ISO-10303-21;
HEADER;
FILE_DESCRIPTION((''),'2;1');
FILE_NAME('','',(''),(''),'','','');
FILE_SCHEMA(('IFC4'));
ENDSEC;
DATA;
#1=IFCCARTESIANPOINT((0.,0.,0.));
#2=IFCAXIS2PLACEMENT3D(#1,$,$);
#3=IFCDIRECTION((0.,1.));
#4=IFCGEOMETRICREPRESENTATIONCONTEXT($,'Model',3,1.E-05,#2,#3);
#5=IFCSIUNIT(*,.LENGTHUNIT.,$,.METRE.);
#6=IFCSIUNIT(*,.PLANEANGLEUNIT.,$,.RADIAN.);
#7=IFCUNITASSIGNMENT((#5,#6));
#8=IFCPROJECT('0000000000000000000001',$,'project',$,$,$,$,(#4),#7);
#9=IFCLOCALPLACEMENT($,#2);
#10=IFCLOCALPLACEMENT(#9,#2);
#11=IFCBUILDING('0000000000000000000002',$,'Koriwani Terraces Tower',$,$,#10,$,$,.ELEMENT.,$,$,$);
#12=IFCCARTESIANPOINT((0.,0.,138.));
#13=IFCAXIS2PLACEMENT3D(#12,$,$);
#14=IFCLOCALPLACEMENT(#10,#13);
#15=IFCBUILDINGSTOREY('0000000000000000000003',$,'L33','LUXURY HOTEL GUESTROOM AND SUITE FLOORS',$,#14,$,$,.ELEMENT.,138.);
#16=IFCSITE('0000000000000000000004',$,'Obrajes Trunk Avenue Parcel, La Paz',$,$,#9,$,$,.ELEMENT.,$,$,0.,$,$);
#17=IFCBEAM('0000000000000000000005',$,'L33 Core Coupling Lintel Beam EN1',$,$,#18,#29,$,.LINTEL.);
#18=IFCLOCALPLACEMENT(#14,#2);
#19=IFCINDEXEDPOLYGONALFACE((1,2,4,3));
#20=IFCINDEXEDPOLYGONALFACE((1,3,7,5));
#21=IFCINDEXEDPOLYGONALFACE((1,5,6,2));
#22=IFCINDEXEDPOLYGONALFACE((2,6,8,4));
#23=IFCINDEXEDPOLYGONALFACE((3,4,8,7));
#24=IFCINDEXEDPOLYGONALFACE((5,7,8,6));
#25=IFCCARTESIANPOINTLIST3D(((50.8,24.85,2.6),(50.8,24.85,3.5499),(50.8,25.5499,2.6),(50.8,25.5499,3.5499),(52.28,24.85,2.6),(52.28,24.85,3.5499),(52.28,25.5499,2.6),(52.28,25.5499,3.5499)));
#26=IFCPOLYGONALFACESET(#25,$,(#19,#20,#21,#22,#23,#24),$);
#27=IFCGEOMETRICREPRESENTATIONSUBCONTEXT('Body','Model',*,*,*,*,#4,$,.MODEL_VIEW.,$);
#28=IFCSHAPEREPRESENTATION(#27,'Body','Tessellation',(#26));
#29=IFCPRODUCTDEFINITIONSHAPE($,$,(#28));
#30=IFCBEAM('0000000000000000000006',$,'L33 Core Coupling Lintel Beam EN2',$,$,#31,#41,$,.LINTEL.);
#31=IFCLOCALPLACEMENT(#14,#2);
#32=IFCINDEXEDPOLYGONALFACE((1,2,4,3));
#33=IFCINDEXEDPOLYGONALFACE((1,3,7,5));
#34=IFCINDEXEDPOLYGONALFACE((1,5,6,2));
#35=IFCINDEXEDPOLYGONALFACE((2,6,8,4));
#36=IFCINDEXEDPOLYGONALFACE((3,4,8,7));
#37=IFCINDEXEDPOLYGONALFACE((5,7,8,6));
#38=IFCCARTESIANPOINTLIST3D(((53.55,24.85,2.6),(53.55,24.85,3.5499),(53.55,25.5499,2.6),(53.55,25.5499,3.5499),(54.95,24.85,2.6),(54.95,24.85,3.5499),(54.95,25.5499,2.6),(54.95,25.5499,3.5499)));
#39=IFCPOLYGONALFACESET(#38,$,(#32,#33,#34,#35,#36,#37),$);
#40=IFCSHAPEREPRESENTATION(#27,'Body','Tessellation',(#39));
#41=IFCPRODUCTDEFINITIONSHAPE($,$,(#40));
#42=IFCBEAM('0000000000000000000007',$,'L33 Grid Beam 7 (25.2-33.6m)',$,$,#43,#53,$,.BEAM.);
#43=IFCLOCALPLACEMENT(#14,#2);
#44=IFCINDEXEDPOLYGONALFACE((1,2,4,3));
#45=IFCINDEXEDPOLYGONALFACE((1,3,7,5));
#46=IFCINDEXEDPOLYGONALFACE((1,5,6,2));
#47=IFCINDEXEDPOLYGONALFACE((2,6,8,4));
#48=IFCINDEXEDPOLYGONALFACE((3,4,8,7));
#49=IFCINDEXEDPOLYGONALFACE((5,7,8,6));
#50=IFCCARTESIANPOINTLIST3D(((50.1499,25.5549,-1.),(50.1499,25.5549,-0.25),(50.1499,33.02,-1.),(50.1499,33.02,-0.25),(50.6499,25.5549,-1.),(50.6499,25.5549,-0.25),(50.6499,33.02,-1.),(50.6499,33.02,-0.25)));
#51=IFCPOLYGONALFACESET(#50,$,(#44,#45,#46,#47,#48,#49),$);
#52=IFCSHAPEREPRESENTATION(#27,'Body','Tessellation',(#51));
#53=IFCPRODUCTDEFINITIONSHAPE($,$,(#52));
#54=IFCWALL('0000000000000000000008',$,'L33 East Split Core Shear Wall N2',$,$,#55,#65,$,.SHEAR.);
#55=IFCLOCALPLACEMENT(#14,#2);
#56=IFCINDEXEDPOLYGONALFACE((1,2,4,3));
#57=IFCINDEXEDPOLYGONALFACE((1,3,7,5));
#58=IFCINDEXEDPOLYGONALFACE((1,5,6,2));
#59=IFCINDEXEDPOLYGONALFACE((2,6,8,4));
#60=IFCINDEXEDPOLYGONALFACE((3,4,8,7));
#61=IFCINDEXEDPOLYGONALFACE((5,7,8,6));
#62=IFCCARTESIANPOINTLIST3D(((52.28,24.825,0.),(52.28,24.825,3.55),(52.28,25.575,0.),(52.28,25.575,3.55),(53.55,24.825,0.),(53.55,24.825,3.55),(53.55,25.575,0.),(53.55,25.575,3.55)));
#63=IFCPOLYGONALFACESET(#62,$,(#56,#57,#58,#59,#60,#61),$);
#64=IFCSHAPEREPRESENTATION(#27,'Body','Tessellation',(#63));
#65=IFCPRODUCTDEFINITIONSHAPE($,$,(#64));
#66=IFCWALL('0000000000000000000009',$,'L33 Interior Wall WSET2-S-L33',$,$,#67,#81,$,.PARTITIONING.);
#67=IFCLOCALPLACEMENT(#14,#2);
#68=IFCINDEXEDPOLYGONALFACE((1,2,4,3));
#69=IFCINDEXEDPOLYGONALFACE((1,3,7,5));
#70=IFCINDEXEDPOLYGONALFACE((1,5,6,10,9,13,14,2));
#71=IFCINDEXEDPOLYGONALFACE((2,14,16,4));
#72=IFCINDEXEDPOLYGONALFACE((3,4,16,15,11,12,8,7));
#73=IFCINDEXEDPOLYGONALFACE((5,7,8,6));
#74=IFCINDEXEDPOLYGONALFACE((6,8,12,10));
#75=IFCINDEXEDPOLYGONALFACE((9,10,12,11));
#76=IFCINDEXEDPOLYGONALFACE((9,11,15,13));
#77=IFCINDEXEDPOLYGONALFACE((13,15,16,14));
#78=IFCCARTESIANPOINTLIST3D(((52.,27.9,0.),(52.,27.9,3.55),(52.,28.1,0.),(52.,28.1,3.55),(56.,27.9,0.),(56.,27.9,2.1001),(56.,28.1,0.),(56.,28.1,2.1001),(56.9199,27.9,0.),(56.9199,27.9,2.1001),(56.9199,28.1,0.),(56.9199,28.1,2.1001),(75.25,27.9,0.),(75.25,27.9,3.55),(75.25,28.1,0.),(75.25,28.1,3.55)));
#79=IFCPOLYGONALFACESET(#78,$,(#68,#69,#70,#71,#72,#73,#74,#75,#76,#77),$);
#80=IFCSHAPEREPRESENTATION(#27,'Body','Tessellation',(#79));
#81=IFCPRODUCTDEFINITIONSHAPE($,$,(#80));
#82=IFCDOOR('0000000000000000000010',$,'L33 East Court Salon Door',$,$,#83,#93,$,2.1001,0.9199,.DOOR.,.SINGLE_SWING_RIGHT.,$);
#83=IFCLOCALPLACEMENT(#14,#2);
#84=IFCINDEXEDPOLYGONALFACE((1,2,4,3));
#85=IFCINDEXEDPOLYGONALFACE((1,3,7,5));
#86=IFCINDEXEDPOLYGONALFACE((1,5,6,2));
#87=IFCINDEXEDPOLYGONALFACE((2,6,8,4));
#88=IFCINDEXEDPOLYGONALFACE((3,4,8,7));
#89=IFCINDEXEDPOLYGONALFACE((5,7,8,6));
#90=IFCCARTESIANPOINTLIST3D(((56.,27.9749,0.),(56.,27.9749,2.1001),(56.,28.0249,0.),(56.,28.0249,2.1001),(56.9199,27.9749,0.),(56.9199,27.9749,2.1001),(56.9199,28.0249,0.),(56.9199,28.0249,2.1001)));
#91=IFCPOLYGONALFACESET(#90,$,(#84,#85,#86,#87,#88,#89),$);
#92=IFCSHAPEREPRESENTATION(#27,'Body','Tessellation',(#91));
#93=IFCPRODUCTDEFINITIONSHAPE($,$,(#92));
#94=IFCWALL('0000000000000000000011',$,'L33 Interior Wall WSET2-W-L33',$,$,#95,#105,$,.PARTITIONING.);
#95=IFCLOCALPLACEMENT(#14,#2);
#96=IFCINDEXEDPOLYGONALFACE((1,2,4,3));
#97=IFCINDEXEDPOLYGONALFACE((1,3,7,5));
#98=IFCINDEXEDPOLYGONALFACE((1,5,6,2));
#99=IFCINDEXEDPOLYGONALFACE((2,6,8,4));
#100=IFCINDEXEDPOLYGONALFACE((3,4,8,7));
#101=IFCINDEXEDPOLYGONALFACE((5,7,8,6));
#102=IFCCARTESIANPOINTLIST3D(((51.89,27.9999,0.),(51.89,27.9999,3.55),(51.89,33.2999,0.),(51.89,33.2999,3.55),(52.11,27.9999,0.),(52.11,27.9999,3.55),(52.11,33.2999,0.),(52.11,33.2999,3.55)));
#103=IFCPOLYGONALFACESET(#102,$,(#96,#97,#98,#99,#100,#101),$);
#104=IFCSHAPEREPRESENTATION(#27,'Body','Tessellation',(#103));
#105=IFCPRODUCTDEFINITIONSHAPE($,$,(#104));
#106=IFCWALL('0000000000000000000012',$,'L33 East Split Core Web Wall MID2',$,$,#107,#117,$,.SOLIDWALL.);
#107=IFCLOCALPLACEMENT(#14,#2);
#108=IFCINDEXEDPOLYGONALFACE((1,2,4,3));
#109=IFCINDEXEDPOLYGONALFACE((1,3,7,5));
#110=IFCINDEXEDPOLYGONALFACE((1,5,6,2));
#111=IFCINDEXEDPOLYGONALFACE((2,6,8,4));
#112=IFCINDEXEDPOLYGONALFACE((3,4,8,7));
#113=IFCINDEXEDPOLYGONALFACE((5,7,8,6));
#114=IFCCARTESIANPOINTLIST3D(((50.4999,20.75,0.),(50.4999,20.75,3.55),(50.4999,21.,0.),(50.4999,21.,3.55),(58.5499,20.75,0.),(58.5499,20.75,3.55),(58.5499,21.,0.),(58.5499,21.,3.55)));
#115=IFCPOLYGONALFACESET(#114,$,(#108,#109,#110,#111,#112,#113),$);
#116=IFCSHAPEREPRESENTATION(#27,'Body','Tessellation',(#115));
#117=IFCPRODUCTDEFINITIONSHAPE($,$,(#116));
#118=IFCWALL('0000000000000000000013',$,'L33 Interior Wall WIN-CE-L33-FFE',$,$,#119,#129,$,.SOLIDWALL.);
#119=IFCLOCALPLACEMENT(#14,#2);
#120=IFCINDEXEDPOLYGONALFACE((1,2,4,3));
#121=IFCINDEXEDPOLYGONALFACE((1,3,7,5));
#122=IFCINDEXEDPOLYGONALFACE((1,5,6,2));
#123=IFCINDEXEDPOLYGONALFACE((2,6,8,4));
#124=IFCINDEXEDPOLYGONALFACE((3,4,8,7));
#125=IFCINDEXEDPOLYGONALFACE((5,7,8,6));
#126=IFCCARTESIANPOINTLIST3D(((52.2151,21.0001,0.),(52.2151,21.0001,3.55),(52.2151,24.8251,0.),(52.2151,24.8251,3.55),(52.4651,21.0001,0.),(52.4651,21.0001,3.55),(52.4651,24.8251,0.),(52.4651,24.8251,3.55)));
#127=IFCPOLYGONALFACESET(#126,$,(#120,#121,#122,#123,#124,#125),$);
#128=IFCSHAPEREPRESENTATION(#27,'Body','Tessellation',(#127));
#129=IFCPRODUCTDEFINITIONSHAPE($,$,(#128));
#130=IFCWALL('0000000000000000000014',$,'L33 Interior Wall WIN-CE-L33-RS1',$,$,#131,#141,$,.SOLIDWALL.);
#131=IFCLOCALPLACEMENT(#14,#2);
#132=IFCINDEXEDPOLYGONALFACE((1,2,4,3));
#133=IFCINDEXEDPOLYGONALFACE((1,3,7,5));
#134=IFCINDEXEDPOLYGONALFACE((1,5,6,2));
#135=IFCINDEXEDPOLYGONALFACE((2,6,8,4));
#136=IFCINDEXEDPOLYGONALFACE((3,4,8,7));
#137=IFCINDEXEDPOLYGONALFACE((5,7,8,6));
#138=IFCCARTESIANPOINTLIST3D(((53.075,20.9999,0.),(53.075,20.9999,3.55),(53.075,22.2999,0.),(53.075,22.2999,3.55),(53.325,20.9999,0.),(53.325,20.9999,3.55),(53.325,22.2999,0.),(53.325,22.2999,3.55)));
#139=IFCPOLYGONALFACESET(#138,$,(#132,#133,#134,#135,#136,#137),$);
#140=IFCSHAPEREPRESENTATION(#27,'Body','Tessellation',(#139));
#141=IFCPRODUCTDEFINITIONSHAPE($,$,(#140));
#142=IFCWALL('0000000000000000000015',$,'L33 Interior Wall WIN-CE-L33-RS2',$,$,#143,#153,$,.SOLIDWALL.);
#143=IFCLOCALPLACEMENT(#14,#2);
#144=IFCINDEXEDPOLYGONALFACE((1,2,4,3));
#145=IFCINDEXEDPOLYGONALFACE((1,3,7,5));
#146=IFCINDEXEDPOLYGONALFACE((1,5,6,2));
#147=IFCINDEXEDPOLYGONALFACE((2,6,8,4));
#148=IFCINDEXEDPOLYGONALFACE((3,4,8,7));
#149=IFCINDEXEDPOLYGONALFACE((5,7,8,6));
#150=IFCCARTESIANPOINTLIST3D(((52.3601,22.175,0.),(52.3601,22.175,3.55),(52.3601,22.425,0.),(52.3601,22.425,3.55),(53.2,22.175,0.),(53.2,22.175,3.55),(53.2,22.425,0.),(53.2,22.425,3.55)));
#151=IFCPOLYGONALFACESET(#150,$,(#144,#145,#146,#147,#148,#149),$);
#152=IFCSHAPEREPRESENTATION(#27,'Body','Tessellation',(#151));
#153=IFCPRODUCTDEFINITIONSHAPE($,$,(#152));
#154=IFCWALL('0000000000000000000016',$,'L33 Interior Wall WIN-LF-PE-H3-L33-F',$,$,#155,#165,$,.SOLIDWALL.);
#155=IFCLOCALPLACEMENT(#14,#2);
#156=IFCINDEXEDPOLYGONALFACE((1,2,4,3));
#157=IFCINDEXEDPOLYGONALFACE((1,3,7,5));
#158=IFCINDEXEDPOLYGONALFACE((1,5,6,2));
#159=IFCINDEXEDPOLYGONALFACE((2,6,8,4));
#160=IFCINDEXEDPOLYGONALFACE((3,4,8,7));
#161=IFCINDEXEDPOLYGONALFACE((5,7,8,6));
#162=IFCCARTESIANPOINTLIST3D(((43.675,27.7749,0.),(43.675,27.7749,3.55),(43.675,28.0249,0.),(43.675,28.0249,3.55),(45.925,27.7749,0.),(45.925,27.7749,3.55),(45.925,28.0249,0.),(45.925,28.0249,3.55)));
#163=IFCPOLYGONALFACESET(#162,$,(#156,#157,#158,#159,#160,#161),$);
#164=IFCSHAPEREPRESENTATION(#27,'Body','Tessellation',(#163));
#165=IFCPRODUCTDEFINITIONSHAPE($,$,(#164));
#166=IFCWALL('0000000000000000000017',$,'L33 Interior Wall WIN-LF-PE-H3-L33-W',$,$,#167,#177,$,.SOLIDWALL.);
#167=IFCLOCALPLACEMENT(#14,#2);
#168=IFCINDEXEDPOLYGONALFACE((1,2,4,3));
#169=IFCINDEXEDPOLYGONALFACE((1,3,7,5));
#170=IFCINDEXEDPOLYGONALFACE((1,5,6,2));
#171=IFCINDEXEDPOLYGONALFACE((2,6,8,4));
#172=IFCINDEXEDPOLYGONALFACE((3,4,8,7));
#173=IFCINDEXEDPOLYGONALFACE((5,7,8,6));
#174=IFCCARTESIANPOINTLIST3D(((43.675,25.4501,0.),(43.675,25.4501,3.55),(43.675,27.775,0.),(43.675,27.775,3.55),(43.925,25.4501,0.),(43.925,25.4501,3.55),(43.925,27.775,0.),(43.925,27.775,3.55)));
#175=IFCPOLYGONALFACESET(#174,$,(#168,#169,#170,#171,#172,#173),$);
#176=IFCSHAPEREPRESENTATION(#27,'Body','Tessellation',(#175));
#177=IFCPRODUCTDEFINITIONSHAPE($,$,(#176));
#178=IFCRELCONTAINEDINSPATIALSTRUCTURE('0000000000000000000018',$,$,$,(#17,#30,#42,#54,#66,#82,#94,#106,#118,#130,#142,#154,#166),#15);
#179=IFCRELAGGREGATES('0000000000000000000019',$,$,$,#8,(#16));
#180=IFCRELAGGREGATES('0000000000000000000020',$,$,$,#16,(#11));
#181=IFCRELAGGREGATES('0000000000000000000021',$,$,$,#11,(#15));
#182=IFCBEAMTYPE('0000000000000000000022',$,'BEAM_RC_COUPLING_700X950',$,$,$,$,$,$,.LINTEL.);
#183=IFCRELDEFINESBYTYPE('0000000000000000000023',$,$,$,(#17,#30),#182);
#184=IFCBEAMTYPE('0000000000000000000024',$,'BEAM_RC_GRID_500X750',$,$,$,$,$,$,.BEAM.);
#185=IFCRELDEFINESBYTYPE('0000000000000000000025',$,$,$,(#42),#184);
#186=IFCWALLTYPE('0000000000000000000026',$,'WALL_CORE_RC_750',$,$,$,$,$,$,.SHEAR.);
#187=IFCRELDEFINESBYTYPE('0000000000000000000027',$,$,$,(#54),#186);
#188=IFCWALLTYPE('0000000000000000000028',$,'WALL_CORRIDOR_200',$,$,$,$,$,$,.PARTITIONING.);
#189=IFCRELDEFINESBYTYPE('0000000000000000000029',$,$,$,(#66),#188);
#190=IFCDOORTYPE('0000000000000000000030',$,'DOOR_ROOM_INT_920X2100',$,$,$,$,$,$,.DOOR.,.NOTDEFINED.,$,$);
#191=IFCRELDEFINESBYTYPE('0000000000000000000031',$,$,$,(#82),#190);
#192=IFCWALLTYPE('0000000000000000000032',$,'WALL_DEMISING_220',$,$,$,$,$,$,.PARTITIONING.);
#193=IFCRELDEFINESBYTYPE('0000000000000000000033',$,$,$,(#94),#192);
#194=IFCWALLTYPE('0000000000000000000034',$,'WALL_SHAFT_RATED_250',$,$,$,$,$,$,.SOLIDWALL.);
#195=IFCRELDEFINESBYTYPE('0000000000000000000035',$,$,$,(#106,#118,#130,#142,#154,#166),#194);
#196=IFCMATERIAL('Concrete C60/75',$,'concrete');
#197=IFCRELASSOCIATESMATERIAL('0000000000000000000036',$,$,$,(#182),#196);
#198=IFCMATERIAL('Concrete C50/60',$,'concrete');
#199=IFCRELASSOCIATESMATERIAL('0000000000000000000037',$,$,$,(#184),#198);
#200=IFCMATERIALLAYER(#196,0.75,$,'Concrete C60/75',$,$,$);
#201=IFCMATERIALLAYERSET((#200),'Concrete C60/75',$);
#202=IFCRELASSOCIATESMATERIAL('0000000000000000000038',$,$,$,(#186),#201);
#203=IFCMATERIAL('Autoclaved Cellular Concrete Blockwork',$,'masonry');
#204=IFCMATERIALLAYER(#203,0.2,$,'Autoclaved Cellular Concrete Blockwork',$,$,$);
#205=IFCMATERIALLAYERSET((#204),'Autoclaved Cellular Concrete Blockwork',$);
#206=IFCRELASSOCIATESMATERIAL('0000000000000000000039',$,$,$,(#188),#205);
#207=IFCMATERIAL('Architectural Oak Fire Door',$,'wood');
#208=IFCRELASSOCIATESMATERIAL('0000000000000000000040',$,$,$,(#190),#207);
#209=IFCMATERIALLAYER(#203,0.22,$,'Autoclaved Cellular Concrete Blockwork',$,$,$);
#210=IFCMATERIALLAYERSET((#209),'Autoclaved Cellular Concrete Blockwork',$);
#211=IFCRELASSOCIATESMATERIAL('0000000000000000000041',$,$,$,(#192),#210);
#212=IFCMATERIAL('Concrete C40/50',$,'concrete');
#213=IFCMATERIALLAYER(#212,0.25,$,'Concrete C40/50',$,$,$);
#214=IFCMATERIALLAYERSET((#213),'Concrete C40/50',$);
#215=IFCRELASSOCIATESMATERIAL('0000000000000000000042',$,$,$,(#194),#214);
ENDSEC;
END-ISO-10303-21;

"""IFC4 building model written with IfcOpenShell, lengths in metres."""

from ifc_helpers import new_model, si_unit, direction, frame, frame_2d, origin, origin_2d, place, context, subcontext, project, spatial, rectangle, extrude, material, layer, layer_set, material_profile, profile_set, type_object, element, fill, save


model = new_model("IFC4")

# Units and contexts
model_context = context("Model", 3, precision=1e-05, world=origin(), true_north=direction((0.0, 1.0)))
body_context = subcontext(model_context, "Body", "Model", "MODEL_VIEW")
ifc_project = project(units=[si_unit("LENGTHUNIT", "METRE"), si_unit("PLANEANGLEUNIT", "RADIAN")], contexts=[model_context])

# Site, building, storey
site_placement = place(None, origin())
site = spatial("IfcSite", under=ifc_project, at=site_placement, Name="Obrajes Trunk Avenue Parcel, La Paz", CompositionType="ELEMENT", RefElevation=0.0)
building_placement = place(site_placement, origin())
building = spatial("IfcBuilding", under=site, at=building_placement, Name="Koriwani Terraces Tower", CompositionType="ELEMENT")
storey_placement = place(building_placement, frame((0.0, 0.0, 138.0)))
storey = spatial("IfcBuildingStorey", under=building, at=storey_placement, Name="L33", Description="LUXURY HOTEL GUESTROOM AND SUITE FLOORS", CompositionType="ELEMENT", Elevation=138.0)

# Beams
ifc_material_1 = material(Name="Concrete C60/75", Category="concrete")
ifc_material_profile_1 = material_profile(ifc_material_1, rectangle(XDim=0.7, YDim=0.95, at=origin_2d()), Name="Concrete C60/75", Category="LoadBearing")
ifc_profile_set_1 = profile_set([ifc_material_profile_1], Name="Concrete C60/75")
beam_type_1 = type_object("IfcBeamType", Name="BEAM_RC_COUPLING_700X950", PredefinedType="LINTEL", material=ifc_profile_set_1)
beam_1_placement = place(storey_placement, frame((50.8, 25.2, 3.075), z_axis=(1.0, 0.0, 0.0), x_axis=(0.0, 1.0, 0.0)))
element("IfcBeam", 1, at=beam_1_placement, inside=storey, type_object=beam_type_1, Name="L33 Core Coupling Lintel Beam EN1", PredefinedType="LINTEL", context=body_context, shape_type="SweptSolid", body=[
    extrude(rectangle(XDim=0.7, YDim=0.95, at=origin_2d()), origin(), (0.0, 0.0, 1.0), 1.48),
])
beam_2_placement = place(storey_placement, frame((53.55, 25.2, 3.075), z_axis=(1.0, 0.0, 0.0), x_axis=(0.0, 1.0, 0.0)))
element("IfcBeam", 2, at=beam_2_placement, inside=storey, type_object=beam_type_1, Name="L33 Core Coupling Lintel Beam EN2", PredefinedType="LINTEL", context=body_context, shape_type="SweptSolid", body=[
    extrude(rectangle(XDim=0.7, YDim=0.95, at=origin_2d()), origin(), (0.0, 0.0, 1.0), 1.3999),
])
ifc_material_2 = material(Name="Concrete C50/60", Category="concrete")
ifc_material_profile_2 = material_profile(ifc_material_2, rectangle(XDim=0.5, YDim=0.75, at=origin_2d()), Name="Concrete C50/60", Category="LoadBearing")
ifc_profile_set_2 = profile_set([ifc_material_profile_2], Name="Concrete C50/60")
beam_type_2 = type_object("IfcBeamType", Name="BEAM_RC_GRID_500X750", PredefinedType="BEAM", material=ifc_profile_set_2)
beam_3_placement = place(storey_placement, frame((50.3999, 25.5549, -0.625), z_axis=(0.0, 1.0, 0.0), x_axis=(-1.0, 0.0, 0.0)))
element("IfcBeam", 3, at=beam_3_placement, inside=storey, type_object=beam_type_2, Name="L33 Grid Beam 7 (25.2-33.6m)", PredefinedType="BEAM", context=body_context, shape_type="SweptSolid", body=[
    extrude(rectangle(XDim=0.5, YDim=0.75, at=origin_2d()), origin(), (0.0, 0.0, 1.0), 7.4651),
])

# Wall
ifc_layer_1 = layer(ifc_material_1, 0.75, Name="Concrete C60/75")
ifc_layer_set_1 = layer_set([ifc_layer_1], Name="Concrete C60/75")
wall_type_1 = type_object("IfcWallType", Name="WALL_CORE_RC_750", PredefinedType="SHEAR", material=ifc_layer_set_1)
wall_1_placement = place(storey_placement, frame((52.28, 25.2, 0.0), z_axis=(0.0, 0.0, 1.0), x_axis=(1.0, 0.0, 0.0)))
element("IfcWall", 4, at=wall_1_placement, inside=storey, type_object=wall_type_1, Name="L33 East Split Core Shear Wall N2", PredefinedType="SHEAR", context=body_context, shape_type="SweptSolid", body=[
    extrude(rectangle(XDim=1.27, YDim=0.75, at=frame_2d((0.635, 0.0))), origin(), (0.0, 0.0, 1.0), 3.55),
])

# Wall, opening, door
ifc_material_3 = material(Name="Autoclaved Cellular Concrete Blockwork", Category="masonry")
ifc_layer_2 = layer(ifc_material_3, 0.2, Name="Autoclaved Cellular Concrete Blockwork")
ifc_layer_set_2 = layer_set([ifc_layer_2], Name="Autoclaved Cellular Concrete Blockwork")
wall_type_2 = type_object("IfcWallType", Name="WALL_CORRIDOR_200", PredefinedType="PARTITIONING", material=ifc_layer_set_2)
wall_2_placement = place(storey_placement, frame((52.0, 28.0, 0.0), z_axis=(0.0, 0.0, 1.0), x_axis=(1.0, 0.0, 0.0)))
wall_2 = element("IfcWall", 5, at=wall_2_placement, inside=storey, type_object=wall_type_2, Name="L33 Interior Wall WSET2-S-L33", PredefinedType="PARTITIONING", context=body_context, shape_type="SweptSolid", body=[
    extrude(rectangle(XDim=23.25, YDim=0.2, at=frame_2d((11.625, 0.0))), origin(), (0.0, 0.0, 1.0), 3.55),
])
opening_1_placement = place(wall_2_placement, frame((4.0, 0.0, 0.0)))
opening_1 = element("IfcOpeningElement", 6, at=opening_1_placement, cuts=wall_2, PredefinedType="OPENING", context=body_context, shape_type="SweptSolid", body=[
    extrude(rectangle(XDim=0.9199, YDim=2.1001, at=frame_2d((0.46, 1.05))), frame((0.0, 0.1099, 0.0), z_axis=(0.0, -1.0, 0.0), x_axis=(1.0, 0.0, 0.0)), (0.0, 0.0, 1.0), 0.22),
])
ifc_material_4 = material(Name="Architectural Oak Fire Door", Category="wood")
door_type_1 = type_object("IfcDoorType", Name="DOOR_ROOM_INT_920X2100", OperationType="NOTDEFINED", PredefinedType="DOOR", material=ifc_material_4)
door_1_placement = place(opening_1_placement, origin())
door_1 = element("IfcDoor", 7, at=door_1_placement, inside=storey, type_object=door_type_1, Name="L33 East Court Salon Door", OperationType="SINGLE_SWING_RIGHT", OverallHeight=2.1001, OverallWidth=0.9199, PredefinedType="DOOR", context=body_context, shape_type="SweptSolid", body=[
    extrude(rectangle(XDim=0.9199, YDim=2.1001, at=frame_2d((0.46, 1.05))), frame((0.0, 0.0249, 0.0), z_axis=(0.0, -1.0, 0.0), x_axis=(1.0, 0.0, 0.0)), (0.0, 0.0, 1.0), 0.05),
])
fill(opening_1, door_1)

# Walls
ifc_layer_3 = layer(ifc_material_3, 0.22, Name="Autoclaved Cellular Concrete Blockwork")
ifc_layer_set_3 = layer_set([ifc_layer_3], Name="Autoclaved Cellular Concrete Blockwork")
wall_type_3 = type_object("IfcWallType", Name="WALL_DEMISING_220", PredefinedType="PARTITIONING", material=ifc_layer_set_3)
wall_3_placement = place(storey_placement, frame((52.0, 28.0, 0.0), z_axis=(0.0, 0.0, 1.0), x_axis=(0.0, 1.0, 0.0)))
element("IfcWall", 8, at=wall_3_placement, inside=storey, type_object=wall_type_3, Name="L33 Interior Wall WSET2-W-L33", PredefinedType="PARTITIONING", context=body_context, shape_type="SweptSolid", body=[
    extrude(rectangle(XDim=5.3, YDim=0.22, at=frame_2d((2.6499, 0.0))), origin(), (0.0, 0.0, 1.0), 3.55),
])
ifc_material_5 = material(Name="Concrete C40/50", Category="concrete")
ifc_layer_4 = layer(ifc_material_5, 0.25, Name="Concrete C40/50")
ifc_layer_set_4 = layer_set([ifc_layer_4], Name="Concrete C40/50")
wall_type_4 = type_object("IfcWallType", Name="WALL_SHAFT_RATED_250", PredefinedType="SOLIDWALL", material=ifc_layer_set_4)
wall_4_placement = place(storey_placement, frame((50.5, 20.875, 0.0), z_axis=(0.0, 0.0, 1.0), x_axis=(1.0, 0.0, 0.0)))
element("IfcWall", 9, at=wall_4_placement, inside=storey, type_object=wall_type_4, Name="L33 East Split Core Web Wall MID2", PredefinedType="SOLIDWALL", context=body_context, shape_type="SweptSolid", body=[
    extrude(rectangle(XDim=8.05, YDim=0.25, at=frame_2d((4.0249, 0.0))), origin(), (0.0, 0.0, 1.0), 3.55),
])

# Wall
wall_5_placement = place(storey_placement, frame((52.3401, 21.0, 0.0), z_axis=(0.0, 0.0, 1.0), x_axis=(0.0, 1.0, 0.0)))
element("IfcWall", 10, at=wall_5_placement, inside=storey, type_object=wall_type_4, Name="L33 Interior Wall WIN-CE-L33-FFE", PredefinedType="SOLIDWALL", context=body_context, shape_type="SweptSolid", body=[
    extrude(rectangle(XDim=3.825, YDim=0.25, at=frame_2d((1.9126, 0.0))), origin(), (0.0, 0.0, 1.0), 3.55),
])

# Walls
wall_6_placement = place(storey_placement, frame((53.2, 21.0, 0.0), z_axis=(0.0, 0.0, 1.0), x_axis=(0.0, 1.0, 0.0)))
element("IfcWall", 11, at=wall_6_placement, inside=storey, type_object=wall_type_4, Name="L33 Interior Wall WIN-CE-L33-RS1", PredefinedType="SOLIDWALL", context=body_context, shape_type="SweptSolid", body=[
    extrude(rectangle(XDim=1.3, YDim=0.25, at=frame_2d((0.6499, 0.0))), origin(), (0.0, 0.0, 1.0), 3.55),
])
wall_7_placement = place(storey_placement, frame((52.3601, 22.3, 0.0), z_axis=(0.0, 0.0, 1.0), x_axis=(1.0, 0.0, 0.0)))
element("IfcWall", 12, at=wall_7_placement, inside=storey, type_object=wall_type_4, Name="L33 Interior Wall WIN-CE-L33-RS2", PredefinedType="SOLIDWALL", context=body_context, shape_type="SweptSolid", body=[
    extrude(rectangle(XDim=0.8398, YDim=0.25, at=frame_2d((0.4199, 0.0))), origin(), (0.0, 0.0, 1.0), 3.55),
])
wall_8_placement = place(storey_placement, frame((43.675, 27.8999, 0.0), z_axis=(0.0, 0.0, 1.0), x_axis=(1.0, 0.0, 0.0)))
element("IfcWall", 13, at=wall_8_placement, inside=storey, type_object=wall_type_4, Name="L33 Interior Wall WIN-LF-PE-H3-L33-F", PredefinedType="SOLIDWALL", context=body_context, shape_type="SweptSolid", body=[
    extrude(rectangle(XDim=2.25, YDim=0.25, at=frame_2d((1.125, 0.0))), origin(), (0.0, 0.0, 1.0), 3.55),
])
for number, where, z_axis, x_axis, name in (
    (14, (43.8, 25.45, 0.0), (0.0, 0.0, 1.0), (0.0, 1.0, 0.0), "L33 Interior Wall WIN-LF-PE-H3-L33-W"),
):
    element("IfcWall", number, at=place(storey_placement, frame(where, z_axis=z_axis, x_axis=x_axis)), inside=storey, type_object=wall_type_4, Name=name, PredefinedType="SOLIDWALL", context=body_context, shape_type="SweptSolid", body=[
        extrude(rectangle(XDim=2.325, YDim=0.25, at=frame_2d((1.1626, 0.0))), origin(), (0.0, 0.0, 1.0), 3.55),
    ])

save(model, "model.ifc")
